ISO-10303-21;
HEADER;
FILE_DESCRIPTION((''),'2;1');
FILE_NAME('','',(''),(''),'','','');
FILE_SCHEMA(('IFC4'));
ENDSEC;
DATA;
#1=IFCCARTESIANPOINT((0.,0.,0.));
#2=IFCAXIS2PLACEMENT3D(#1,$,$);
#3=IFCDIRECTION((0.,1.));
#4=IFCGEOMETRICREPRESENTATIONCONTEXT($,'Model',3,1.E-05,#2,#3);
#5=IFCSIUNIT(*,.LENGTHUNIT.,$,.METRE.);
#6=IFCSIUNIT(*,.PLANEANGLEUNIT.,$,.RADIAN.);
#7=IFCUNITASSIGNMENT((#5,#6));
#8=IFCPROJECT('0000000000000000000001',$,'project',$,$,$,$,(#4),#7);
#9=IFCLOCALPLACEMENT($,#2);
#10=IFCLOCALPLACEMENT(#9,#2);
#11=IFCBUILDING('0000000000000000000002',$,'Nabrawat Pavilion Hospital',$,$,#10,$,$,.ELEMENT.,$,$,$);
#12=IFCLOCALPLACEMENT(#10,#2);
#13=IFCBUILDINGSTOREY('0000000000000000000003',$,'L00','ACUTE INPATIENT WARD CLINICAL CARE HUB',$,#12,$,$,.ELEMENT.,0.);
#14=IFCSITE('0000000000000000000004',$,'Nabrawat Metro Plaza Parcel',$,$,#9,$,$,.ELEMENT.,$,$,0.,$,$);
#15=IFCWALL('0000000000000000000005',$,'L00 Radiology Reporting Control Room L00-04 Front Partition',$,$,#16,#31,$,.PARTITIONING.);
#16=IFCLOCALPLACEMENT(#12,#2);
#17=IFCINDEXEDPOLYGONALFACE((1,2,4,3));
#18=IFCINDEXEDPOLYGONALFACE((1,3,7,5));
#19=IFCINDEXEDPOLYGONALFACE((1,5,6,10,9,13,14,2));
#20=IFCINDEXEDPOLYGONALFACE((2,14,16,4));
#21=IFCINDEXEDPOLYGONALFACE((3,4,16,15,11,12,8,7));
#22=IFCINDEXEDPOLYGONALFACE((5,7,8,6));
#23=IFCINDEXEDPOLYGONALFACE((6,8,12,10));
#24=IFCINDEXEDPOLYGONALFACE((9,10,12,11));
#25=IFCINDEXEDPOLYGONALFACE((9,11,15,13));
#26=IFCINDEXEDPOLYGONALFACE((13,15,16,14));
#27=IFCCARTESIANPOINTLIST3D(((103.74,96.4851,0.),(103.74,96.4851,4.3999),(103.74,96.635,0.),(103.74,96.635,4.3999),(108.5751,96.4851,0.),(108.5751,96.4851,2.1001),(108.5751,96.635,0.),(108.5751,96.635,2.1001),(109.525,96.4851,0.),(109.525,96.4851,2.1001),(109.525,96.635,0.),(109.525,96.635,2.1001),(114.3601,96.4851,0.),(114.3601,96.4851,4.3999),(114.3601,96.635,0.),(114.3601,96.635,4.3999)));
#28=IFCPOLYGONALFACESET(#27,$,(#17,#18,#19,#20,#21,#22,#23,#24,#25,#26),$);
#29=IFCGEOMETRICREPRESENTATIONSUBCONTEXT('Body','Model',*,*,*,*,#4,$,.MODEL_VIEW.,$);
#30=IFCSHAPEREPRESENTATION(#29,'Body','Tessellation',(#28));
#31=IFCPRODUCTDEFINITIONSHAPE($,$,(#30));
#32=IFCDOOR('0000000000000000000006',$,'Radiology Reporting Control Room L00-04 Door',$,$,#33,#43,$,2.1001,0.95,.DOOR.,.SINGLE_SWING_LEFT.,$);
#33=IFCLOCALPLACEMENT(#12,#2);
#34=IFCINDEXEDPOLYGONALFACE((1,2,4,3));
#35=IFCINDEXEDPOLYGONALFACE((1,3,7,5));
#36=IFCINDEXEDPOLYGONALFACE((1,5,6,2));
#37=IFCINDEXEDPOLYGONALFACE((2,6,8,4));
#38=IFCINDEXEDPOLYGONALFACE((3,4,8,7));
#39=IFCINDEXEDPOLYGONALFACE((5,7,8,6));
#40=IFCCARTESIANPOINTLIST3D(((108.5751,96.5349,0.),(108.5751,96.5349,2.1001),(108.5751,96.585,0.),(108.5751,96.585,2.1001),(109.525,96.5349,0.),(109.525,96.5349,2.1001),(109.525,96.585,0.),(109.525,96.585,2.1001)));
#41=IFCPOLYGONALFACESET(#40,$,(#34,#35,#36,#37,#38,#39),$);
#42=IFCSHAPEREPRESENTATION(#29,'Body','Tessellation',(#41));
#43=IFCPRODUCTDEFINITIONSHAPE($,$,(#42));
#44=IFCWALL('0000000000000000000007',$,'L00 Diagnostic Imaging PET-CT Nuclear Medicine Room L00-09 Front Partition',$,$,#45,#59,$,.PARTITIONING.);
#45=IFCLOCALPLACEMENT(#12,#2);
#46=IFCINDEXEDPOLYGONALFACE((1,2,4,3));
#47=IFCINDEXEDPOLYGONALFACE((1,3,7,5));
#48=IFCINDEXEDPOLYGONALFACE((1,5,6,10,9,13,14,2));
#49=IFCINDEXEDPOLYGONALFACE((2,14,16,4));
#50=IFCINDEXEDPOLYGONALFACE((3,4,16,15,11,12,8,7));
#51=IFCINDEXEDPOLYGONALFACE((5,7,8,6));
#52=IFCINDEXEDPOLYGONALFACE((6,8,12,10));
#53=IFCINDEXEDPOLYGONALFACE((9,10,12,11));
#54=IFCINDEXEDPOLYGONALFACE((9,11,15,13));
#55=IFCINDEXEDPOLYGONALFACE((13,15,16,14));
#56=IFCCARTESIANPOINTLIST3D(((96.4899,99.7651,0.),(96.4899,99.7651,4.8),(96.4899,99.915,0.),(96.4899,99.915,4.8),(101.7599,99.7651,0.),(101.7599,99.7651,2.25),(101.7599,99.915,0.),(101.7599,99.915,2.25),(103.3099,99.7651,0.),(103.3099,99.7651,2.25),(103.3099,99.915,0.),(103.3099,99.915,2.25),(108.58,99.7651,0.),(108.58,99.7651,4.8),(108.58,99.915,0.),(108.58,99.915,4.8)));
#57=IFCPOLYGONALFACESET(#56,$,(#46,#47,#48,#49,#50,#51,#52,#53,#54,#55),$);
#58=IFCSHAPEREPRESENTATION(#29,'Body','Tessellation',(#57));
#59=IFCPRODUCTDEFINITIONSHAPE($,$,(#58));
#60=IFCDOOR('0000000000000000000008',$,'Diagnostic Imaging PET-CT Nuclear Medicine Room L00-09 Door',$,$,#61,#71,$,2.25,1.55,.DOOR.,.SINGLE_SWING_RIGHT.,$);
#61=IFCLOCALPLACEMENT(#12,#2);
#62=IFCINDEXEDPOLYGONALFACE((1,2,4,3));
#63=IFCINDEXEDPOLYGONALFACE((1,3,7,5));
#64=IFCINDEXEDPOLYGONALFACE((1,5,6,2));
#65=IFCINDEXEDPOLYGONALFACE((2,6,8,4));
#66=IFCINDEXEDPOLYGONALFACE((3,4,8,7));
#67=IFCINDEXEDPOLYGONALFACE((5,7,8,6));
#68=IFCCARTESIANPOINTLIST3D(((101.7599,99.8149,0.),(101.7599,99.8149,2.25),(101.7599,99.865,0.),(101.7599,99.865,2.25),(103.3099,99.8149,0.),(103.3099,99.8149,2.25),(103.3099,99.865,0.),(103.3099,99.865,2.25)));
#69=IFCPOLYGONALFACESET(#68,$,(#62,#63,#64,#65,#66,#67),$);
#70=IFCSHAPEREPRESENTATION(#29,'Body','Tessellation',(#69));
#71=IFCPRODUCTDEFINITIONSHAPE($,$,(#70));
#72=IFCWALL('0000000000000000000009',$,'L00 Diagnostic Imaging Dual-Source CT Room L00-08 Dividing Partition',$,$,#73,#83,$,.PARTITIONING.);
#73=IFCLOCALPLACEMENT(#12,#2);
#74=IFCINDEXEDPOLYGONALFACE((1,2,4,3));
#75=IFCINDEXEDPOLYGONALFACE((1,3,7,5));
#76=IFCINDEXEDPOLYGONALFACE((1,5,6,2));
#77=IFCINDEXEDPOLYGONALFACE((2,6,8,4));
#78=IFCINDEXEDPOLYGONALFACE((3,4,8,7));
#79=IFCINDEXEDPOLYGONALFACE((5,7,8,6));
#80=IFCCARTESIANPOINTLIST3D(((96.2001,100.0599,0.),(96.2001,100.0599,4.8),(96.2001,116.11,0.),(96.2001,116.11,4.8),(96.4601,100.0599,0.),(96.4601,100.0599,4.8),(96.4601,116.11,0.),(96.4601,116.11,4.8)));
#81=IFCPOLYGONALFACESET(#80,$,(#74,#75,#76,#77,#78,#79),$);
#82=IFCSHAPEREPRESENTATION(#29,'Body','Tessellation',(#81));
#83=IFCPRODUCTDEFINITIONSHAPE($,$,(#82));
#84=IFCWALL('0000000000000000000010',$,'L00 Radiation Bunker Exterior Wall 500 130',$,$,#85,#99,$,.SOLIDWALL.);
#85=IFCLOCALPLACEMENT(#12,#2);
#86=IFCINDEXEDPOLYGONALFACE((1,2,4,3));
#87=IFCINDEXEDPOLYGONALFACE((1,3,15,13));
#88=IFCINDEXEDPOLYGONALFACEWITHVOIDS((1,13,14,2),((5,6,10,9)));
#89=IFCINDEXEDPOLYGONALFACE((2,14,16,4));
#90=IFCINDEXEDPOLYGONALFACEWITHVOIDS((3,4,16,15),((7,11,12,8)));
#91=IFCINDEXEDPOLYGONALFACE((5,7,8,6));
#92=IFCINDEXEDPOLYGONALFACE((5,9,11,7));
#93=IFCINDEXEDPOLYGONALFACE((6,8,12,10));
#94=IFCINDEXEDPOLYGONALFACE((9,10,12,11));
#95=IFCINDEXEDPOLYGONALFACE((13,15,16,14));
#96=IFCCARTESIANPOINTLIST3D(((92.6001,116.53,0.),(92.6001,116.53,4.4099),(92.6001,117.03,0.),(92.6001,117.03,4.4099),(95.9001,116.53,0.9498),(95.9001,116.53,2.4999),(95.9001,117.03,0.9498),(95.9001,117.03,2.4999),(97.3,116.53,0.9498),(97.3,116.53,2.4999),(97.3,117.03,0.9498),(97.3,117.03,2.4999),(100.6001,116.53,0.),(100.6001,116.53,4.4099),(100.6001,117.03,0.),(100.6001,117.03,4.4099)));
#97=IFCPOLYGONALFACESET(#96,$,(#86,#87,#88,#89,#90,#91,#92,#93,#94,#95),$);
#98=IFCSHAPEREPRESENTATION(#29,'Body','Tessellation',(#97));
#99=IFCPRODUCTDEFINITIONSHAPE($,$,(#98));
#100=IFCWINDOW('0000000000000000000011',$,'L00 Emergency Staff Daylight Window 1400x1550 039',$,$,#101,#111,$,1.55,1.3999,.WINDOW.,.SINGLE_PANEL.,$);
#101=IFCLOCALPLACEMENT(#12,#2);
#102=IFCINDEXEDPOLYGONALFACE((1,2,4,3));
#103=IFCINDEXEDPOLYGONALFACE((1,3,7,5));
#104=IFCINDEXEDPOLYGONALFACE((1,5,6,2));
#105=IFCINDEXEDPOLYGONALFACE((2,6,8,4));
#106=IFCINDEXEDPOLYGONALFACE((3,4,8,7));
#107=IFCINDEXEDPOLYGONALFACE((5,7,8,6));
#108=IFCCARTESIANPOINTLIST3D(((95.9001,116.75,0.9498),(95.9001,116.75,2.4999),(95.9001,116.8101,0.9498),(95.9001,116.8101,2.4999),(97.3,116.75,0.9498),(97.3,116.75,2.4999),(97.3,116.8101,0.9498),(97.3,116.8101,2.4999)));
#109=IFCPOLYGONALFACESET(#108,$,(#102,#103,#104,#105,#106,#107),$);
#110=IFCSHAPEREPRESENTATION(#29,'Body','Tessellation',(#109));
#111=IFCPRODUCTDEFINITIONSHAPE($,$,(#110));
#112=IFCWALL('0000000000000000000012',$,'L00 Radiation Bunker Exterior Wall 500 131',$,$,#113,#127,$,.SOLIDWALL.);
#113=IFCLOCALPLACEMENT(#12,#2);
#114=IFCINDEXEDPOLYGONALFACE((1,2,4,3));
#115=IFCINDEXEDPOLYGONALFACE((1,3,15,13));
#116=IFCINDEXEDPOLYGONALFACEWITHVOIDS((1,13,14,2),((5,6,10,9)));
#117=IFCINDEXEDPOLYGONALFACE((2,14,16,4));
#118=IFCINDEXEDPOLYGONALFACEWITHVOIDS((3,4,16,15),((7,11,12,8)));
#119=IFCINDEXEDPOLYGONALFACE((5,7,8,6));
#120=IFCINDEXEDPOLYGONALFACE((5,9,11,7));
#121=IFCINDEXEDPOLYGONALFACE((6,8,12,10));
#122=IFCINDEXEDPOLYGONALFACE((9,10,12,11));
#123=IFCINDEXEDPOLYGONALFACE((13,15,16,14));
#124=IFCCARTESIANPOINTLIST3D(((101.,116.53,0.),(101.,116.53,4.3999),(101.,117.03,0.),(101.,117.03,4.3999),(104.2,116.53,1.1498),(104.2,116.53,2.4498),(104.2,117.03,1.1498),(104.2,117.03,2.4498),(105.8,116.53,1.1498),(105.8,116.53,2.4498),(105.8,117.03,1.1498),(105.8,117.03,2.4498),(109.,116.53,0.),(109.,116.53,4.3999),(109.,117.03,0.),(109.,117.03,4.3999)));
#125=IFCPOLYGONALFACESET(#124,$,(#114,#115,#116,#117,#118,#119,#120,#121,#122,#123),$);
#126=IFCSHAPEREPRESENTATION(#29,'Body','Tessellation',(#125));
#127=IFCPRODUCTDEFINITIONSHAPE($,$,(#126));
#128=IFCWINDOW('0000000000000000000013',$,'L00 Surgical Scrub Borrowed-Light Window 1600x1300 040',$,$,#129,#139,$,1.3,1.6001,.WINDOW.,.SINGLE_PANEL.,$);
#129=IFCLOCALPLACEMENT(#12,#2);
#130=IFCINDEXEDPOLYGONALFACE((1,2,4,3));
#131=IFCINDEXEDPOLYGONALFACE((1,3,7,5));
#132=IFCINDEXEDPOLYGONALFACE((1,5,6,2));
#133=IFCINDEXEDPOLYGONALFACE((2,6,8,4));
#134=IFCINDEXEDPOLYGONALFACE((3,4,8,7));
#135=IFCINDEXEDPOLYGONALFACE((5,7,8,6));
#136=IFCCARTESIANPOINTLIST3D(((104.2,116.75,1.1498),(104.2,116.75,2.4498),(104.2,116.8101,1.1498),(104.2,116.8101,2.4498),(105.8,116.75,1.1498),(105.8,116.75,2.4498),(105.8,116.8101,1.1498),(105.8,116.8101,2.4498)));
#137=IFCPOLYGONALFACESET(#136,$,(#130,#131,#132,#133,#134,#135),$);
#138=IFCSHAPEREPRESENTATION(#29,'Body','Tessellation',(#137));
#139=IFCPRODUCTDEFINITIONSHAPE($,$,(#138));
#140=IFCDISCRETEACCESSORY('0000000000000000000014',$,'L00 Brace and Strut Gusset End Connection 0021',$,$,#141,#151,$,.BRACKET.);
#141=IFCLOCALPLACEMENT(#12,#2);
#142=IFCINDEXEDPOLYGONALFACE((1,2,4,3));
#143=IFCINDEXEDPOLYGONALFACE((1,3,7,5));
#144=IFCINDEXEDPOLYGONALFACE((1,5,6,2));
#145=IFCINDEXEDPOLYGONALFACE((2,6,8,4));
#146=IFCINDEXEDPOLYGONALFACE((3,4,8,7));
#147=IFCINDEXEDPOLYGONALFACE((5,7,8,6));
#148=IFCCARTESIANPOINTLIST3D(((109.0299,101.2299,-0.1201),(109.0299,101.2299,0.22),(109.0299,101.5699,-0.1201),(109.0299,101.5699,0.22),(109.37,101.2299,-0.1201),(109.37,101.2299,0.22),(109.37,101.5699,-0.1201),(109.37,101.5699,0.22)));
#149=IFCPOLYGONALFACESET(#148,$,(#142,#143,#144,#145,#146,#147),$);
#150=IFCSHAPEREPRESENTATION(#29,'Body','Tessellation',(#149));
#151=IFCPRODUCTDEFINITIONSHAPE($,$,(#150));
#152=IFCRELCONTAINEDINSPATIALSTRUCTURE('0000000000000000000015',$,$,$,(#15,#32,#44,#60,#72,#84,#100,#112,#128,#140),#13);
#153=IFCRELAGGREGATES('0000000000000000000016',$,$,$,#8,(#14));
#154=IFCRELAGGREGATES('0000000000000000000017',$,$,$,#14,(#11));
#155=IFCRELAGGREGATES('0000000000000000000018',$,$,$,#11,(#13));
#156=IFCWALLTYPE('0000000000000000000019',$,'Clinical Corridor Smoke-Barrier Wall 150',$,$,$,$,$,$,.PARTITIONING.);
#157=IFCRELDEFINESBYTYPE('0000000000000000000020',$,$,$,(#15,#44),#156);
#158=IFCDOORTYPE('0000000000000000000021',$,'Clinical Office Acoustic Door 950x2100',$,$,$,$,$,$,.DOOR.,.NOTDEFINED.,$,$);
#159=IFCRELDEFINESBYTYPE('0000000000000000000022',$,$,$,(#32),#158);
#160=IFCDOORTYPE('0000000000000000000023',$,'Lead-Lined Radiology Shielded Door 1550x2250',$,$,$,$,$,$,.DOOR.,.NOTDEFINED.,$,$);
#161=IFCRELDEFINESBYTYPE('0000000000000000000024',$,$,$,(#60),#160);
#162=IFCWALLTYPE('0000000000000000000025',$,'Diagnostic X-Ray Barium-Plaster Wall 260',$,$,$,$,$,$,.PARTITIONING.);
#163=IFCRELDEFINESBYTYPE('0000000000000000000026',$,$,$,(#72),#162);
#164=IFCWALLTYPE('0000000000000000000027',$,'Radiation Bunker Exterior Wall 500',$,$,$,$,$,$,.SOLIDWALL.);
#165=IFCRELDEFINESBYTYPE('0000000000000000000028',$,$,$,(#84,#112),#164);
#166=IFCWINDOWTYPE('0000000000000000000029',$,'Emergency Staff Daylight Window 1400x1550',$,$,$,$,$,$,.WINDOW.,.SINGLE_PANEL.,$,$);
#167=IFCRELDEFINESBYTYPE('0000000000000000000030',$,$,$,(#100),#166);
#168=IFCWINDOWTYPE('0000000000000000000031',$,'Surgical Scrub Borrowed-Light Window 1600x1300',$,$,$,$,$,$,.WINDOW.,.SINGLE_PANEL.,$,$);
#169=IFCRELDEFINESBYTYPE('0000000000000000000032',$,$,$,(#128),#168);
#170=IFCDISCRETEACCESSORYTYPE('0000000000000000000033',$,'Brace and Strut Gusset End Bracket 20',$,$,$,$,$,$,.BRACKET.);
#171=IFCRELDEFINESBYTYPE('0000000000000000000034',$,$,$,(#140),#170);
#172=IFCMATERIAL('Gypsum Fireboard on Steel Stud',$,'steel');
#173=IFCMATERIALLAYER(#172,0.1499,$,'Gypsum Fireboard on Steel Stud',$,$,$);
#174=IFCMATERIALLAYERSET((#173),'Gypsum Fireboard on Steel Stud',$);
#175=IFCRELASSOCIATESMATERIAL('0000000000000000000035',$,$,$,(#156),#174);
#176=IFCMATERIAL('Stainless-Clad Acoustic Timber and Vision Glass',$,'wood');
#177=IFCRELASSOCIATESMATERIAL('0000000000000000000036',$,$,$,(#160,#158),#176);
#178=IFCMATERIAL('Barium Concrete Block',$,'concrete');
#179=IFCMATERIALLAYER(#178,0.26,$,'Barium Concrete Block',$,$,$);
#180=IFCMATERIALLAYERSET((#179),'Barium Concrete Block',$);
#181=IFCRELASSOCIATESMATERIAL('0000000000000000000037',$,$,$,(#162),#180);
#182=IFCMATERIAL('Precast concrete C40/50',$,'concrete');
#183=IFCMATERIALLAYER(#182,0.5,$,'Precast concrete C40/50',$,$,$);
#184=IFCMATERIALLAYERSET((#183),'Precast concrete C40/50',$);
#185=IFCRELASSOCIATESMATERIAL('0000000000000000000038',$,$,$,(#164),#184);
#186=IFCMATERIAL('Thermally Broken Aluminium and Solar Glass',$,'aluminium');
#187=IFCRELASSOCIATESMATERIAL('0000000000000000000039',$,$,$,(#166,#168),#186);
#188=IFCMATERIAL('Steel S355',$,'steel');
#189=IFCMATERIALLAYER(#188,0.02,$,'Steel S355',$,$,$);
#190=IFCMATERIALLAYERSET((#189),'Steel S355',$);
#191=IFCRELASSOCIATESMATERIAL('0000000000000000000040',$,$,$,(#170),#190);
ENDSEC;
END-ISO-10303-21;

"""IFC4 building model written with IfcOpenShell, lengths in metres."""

from ifc_helpers import new_model, si_unit, direction, frame, frame_2d, origin, origin_2d, place, context, subcontext, project, spatial, rectangle, extrude, material, layer, layer_set, type_object, element, fill, save


model = new_model("IFC4")

# Units and contexts
model_context = context("Model", 3, precision=1e-05, world=origin(), true_north=direction((0.0, 1.0)))
body_context = subcontext(model_context, "Body", "Model", "MODEL_VIEW")
ifc_project = project(units=[si_unit("LENGTHUNIT", "METRE"), si_unit("PLANEANGLEUNIT", "RADIAN")], contexts=[model_context])

# Site, building, storey
site_placement = place(None, origin())
site = spatial("IfcSite", under=ifc_project, at=site_placement, Name="Nabrawat Metro Plaza Parcel", CompositionType="ELEMENT", RefElevation=0.0)
building_placement = place(site_placement, origin())
building = spatial("IfcBuilding", under=site, at=building_placement, Name="Nabrawat Pavilion Hospital", CompositionType="ELEMENT")
storey_placement = place(building_placement, origin())
storey = spatial("IfcBuildingStorey", under=building, at=storey_placement, Name="L00", Description="ACUTE INPATIENT WARD CLINICAL CARE HUB", CompositionType="ELEMENT", Elevation=0.0)

# Shared definitions
ifc_material_1 = material(Name="Steel S355", Category="steel")

# Walls, openings, doors
ifc_material_2 = material(Name="Gypsum Fireboard on Steel Stud", Category="steel")
ifc_layer_1 = layer(ifc_material_2, 0.1499, Name="Gypsum Fireboard on Steel Stud")
ifc_layer_set_1 = layer_set([ifc_layer_1], Name="Gypsum Fireboard on Steel Stud")
wall_type_1 = type_object("IfcWallType", Name="Clinical Corridor Smoke-Barrier Wall 150", PredefinedType="PARTITIONING", material=ifc_layer_set_1)
ifc_material_3 = material(Name="Stainless-Clad Acoustic Timber and Vision Glass", Category="wood")
door_type_1 = type_object("IfcDoorType", Name="Lead-Lined Radiology Shielded Door 1550x2250", OperationType="NOTDEFINED", PredefinedType="DOOR", material=ifc_material_3)
wall_1_placement = place(storey_placement, frame((103.74, 96.5601, 0.0), z_axis=(0.0, 0.0, 1.0), x_axis=(1.0, 0.0, 0.0)))
wall_1 = element("IfcWall", 1, at=wall_1_placement, inside=storey, type_object=wall_type_1, Name="L00 Radiology Reporting Control Room L00-04 Front Partition", PredefinedType="PARTITIONING", context=body_context, shape_type="SweptSolid", body=[
    extrude(rectangle(XDim=10.6201, YDim=0.1499, at=frame_2d((5.3101, 0.0))), origin(), (0.0, 0.0, 1.0), 4.3999),
])
opening_1_placement = place(wall_1_placement, frame((4.835, 0.0, 0.0)))
opening_1 = element("IfcOpeningElement", 2, at=opening_1_placement, cuts=wall_1, PredefinedType="OPENING", context=body_context, shape_type="SweptSolid", body=[
    extrude(rectangle(XDim=0.95, YDim=2.1001, at=frame_2d((0.4751, 1.05))), frame((0.0, 0.085, 0.0), z_axis=(0.0, -1.0, 0.0), x_axis=(1.0, 0.0, 0.0)), (0.0, 0.0, 1.0), 0.1699),
])
door_type_2 = type_object("IfcDoorType", Name="Clinical Office Acoustic Door 950x2100", OperationType="NOTDEFINED", PredefinedType="DOOR", material=ifc_material_3)
door_1_placement = place(opening_1_placement, origin())
door_1 = element("IfcDoor", 3, at=door_1_placement, inside=storey, type_object=door_type_2, Name="Radiology Reporting Control Room L00-04 Door", OperationType="SINGLE_SWING_LEFT", OverallHeight=2.1001, OverallWidth=0.95, PredefinedType="DOOR", context=body_context, shape_type="SweptSolid", body=[
    extrude(rectangle(XDim=0.95, YDim=2.1001, at=frame_2d((0.4751, 1.05))), frame((0.0, 0.0249, 0.0), z_axis=(0.0, -1.0, 0.0), x_axis=(1.0, 0.0, 0.0)), (0.0, 0.0, 1.0), 0.05),
])
fill(opening_1, door_1)
wall_2_placement = place(storey_placement, frame((96.49, 99.8401, 0.0), z_axis=(0.0, 0.0, 1.0), x_axis=(1.0, 0.0, 0.0)))
wall_2 = element("IfcWall", 4, at=wall_2_placement, inside=storey, type_object=wall_type_1, Name="L00 Diagnostic Imaging PET-CT Nuclear Medicine Room L00-09 Front Partition", PredefinedType="PARTITIONING", context=body_context, shape_type="SweptSolid", body=[
    extrude(rectangle(XDim=12.0901, YDim=0.1499, at=frame_2d((6.0449, 0.0))), origin(), (0.0, 0.0, 1.0), 4.8),
])
opening_2_placement = place(wall_2_placement, frame((5.27, 0.0, 0.0)))
opening_2 = element("IfcOpeningElement", 5, at=opening_2_placement, cuts=wall_2, PredefinedType="OPENING", context=body_context, shape_type="SweptSolid", body=[
    extrude(rectangle(XDim=1.55, YDim=2.25, at=frame_2d((0.7749, 1.125))), frame((0.0, 0.085, 0.0), z_axis=(0.0, -1.0, 0.0), x_axis=(1.0, 0.0, 0.0)), (0.0, 0.0, 1.0), 0.1699),
])
door_2_placement = place(opening_2_placement, origin())
door_2 = element("IfcDoor", 6, at=door_2_placement, inside=storey, type_object=door_type_1, Name="Diagnostic Imaging PET-CT Nuclear Medicine Room L00-09 Door", OperationType="SINGLE_SWING_RIGHT", OverallHeight=2.25, OverallWidth=1.55, PredefinedType="DOOR", context=body_context, shape_type="SweptSolid", body=[
    extrude(rectangle(XDim=1.55, YDim=2.25, at=frame_2d((0.7749, 1.125))), frame((0.0, 0.0249, 0.0), z_axis=(0.0, -1.0, 0.0), x_axis=(1.0, 0.0, 0.0)), (0.0, 0.0, 1.0), 0.05),
])
fill(opening_2, door_2)

# Wall
ifc_material_4 = material(Name="Barium Concrete Block", Category="concrete")
ifc_layer_2 = layer(ifc_material_4, 0.26, Name="Barium Concrete Block")
ifc_layer_set_2 = layer_set([ifc_layer_2], Name="Barium Concrete Block")
wall_type_2 = type_object("IfcWallType", Name="Diagnostic X-Ray Barium-Plaster Wall 260", PredefinedType="PARTITIONING", material=ifc_layer_set_2)
wall_3_placement = place(storey_placement, frame((96.3301, 100.0601, 0.0), z_axis=(0.0, 0.0, 1.0), x_axis=(0.0, 1.0, 0.0)))
element("IfcWall", 7, at=wall_3_placement, inside=storey, type_object=wall_type_2, Name="L00 Diagnostic Imaging Dual-Source CT Room L00-08 Dividing Partition", PredefinedType="PARTITIONING", context=body_context, shape_type="SweptSolid", body=[
    extrude(rectangle(XDim=16.05, YDim=0.26, at=frame_2d((8.0249, 0.0))), origin(), (0.0, 0.0, 1.0), 4.8),
])

# Walls, openings, windows
ifc_material_5 = material(Name="Precast concrete C40/50", Category="concrete")
ifc_layer_3 = layer(ifc_material_5, 0.5, Name="Precast concrete C40/50")
ifc_layer_set_3 = layer_set([ifc_layer_3], Name="Precast concrete C40/50")
wall_type_3 = type_object("IfcWallType", Name="Radiation Bunker Exterior Wall 500", PredefinedType="SOLIDWALL", material=ifc_layer_set_3)
wall_4_placement = place(storey_placement, frame((92.6001, 116.78, 0.0), z_axis=(0.0, 0.0, 1.0), x_axis=(1.0, 0.0, 0.0)))
wall_4 = element("IfcWall", 8, at=wall_4_placement, inside=storey, type_object=wall_type_3, Name="L00 Radiation Bunker Exterior Wall 500 130", PredefinedType="SOLIDWALL", context=body_context, shape_type="SweptSolid", body=[
    extrude(rectangle(XDim=8.0, YDim=0.5, at=frame_2d((4.0, 0.0))), origin(), (0.0, 0.0, 1.0), 4.4099),
])
opening_3_placement = place(wall_4_placement, frame((3.3, 0.0, 0.95)))
opening_3 = element("IfcOpeningElement", 9, at=opening_3_placement, cuts=wall_4, PredefinedType="OPENING", context=body_context, shape_type="SweptSolid", body=[
    extrude(rectangle(XDim=1.3999, YDim=1.55, at=frame_2d((0.7, 0.7749))), frame((0.0, 0.26, 0.0), z_axis=(0.0, -1.0, 0.0), x_axis=(1.0, 0.0, 0.0)), (0.0, 0.0, 1.0), 0.52),
])
ifc_material_6 = material(Name="Thermally Broken Aluminium and Solar Glass", Category="aluminium")
window_type_1 = type_object("IfcWindowType", Name="Emergency Staff Daylight Window 1400x1550", PartitioningType="SINGLE_PANEL", PredefinedType="WINDOW", material=ifc_material_6)
window_1_placement = place(opening_3_placement, origin())
window_1 = element("IfcWindow", 10, at=window_1_placement, inside=storey, type_object=window_type_1, Name="L00 Emergency Staff Daylight Window 1400x1550 039", OverallHeight=1.55, OverallWidth=1.3999, PartitioningType="SINGLE_PANEL", PredefinedType="WINDOW", context=body_context, shape_type="SweptSolid", body=[
    extrude(rectangle(XDim=1.3999, YDim=1.55, at=frame_2d((0.7, 0.7749))), frame((0.0, 0.03, 0.0), z_axis=(0.0, -1.0, 0.0), x_axis=(1.0, 0.0, 0.0)), (0.0, 0.0, 1.0), 0.0601),
])
fill(opening_3, window_1)
wall_5_placement = place(storey_placement, frame((101.0, 116.78, 0.0), z_axis=(0.0, 0.0, 1.0), x_axis=(1.0, 0.0, 0.0)))
wall_5 = element("IfcWall", 11, at=wall_5_placement, inside=storey, type_object=wall_type_3, Name="L00 Radiation Bunker Exterior Wall 500 131", PredefinedType="SOLIDWALL", context=body_context, shape_type="SweptSolid", body=[
    extrude(rectangle(XDim=8.0, YDim=0.5, at=frame_2d((4.0, 0.0))), origin(), (0.0, 0.0, 1.0), 4.3999),
])
opening_4_placement = place(wall_5_placement, frame((3.2, 0.0, 1.1499)))
opening_4 = element("IfcOpeningElement", 12, at=opening_4_placement, cuts=wall_5, PredefinedType="OPENING", context=body_context, shape_type="SweptSolid", body=[
    extrude(rectangle(XDim=1.6001, YDim=1.3, at=frame_2d((0.8, 0.6499))), frame((0.0, 0.26, 0.0), z_axis=(0.0, -1.0, 0.0), x_axis=(1.0, 0.0, 0.0)), (0.0, 0.0, 1.0), 0.52),
])
window_type_2 = type_object("IfcWindowType", Name="Surgical Scrub Borrowed-Light Window 1600x1300", PartitioningType="SINGLE_PANEL", PredefinedType="WINDOW", material=ifc_material_6)
window_2_placement = place(opening_4_placement, origin())
window_2 = element("IfcWindow", 13, at=window_2_placement, inside=storey, type_object=window_type_2, Name="L00 Surgical Scrub Borrowed-Light Window 1600x1300 040", OverallHeight=1.3, OverallWidth=1.6001, PartitioningType="SINGLE_PANEL", PredefinedType="WINDOW", context=body_context, shape_type="SweptSolid", body=[
    extrude(rectangle(XDim=1.6001, YDim=1.3, at=frame_2d((0.8, 0.6499))), frame((0.0, 0.03, 0.0), z_axis=(0.0, -1.0, 0.0), x_axis=(1.0, 0.0, 0.0)), (0.0, 0.0, 1.0), 0.0601),
])
fill(opening_4, window_2)

# Discrete accessory
ifc_layer_4 = layer(ifc_material_1, 0.02, Name="Steel S355")
ifc_layer_set_4 = layer_set([ifc_layer_4], Name="Steel S355")
discrete_accessory_type = type_object("IfcDiscreteAccessoryType", Name="Brace and Strut Gusset End Bracket 20", PredefinedType="BRACKET", material=ifc_layer_set_4)
discrete_accessory_placement = place(storey_placement, frame((109.2, 101.3999, -0.1201), z_axis=(0.0, 0.0, 1.0), x_axis=(1.0, 0.0, 0.0)))
element("IfcDiscreteAccessory", 14, at=discrete_accessory_placement, inside=storey, type_object=discrete_accessory_type, Name="L00 Brace and Strut Gusset End Connection 0021", PredefinedType="BRACKET", context=body_context, shape_type="SweptSolid", body=[
    extrude(rectangle(XDim=0.3401, YDim=0.3401, at=origin_2d()), origin(), (0.0, 0.0, 1.0), 0.3401),
])

save(model, "model.ifc")
